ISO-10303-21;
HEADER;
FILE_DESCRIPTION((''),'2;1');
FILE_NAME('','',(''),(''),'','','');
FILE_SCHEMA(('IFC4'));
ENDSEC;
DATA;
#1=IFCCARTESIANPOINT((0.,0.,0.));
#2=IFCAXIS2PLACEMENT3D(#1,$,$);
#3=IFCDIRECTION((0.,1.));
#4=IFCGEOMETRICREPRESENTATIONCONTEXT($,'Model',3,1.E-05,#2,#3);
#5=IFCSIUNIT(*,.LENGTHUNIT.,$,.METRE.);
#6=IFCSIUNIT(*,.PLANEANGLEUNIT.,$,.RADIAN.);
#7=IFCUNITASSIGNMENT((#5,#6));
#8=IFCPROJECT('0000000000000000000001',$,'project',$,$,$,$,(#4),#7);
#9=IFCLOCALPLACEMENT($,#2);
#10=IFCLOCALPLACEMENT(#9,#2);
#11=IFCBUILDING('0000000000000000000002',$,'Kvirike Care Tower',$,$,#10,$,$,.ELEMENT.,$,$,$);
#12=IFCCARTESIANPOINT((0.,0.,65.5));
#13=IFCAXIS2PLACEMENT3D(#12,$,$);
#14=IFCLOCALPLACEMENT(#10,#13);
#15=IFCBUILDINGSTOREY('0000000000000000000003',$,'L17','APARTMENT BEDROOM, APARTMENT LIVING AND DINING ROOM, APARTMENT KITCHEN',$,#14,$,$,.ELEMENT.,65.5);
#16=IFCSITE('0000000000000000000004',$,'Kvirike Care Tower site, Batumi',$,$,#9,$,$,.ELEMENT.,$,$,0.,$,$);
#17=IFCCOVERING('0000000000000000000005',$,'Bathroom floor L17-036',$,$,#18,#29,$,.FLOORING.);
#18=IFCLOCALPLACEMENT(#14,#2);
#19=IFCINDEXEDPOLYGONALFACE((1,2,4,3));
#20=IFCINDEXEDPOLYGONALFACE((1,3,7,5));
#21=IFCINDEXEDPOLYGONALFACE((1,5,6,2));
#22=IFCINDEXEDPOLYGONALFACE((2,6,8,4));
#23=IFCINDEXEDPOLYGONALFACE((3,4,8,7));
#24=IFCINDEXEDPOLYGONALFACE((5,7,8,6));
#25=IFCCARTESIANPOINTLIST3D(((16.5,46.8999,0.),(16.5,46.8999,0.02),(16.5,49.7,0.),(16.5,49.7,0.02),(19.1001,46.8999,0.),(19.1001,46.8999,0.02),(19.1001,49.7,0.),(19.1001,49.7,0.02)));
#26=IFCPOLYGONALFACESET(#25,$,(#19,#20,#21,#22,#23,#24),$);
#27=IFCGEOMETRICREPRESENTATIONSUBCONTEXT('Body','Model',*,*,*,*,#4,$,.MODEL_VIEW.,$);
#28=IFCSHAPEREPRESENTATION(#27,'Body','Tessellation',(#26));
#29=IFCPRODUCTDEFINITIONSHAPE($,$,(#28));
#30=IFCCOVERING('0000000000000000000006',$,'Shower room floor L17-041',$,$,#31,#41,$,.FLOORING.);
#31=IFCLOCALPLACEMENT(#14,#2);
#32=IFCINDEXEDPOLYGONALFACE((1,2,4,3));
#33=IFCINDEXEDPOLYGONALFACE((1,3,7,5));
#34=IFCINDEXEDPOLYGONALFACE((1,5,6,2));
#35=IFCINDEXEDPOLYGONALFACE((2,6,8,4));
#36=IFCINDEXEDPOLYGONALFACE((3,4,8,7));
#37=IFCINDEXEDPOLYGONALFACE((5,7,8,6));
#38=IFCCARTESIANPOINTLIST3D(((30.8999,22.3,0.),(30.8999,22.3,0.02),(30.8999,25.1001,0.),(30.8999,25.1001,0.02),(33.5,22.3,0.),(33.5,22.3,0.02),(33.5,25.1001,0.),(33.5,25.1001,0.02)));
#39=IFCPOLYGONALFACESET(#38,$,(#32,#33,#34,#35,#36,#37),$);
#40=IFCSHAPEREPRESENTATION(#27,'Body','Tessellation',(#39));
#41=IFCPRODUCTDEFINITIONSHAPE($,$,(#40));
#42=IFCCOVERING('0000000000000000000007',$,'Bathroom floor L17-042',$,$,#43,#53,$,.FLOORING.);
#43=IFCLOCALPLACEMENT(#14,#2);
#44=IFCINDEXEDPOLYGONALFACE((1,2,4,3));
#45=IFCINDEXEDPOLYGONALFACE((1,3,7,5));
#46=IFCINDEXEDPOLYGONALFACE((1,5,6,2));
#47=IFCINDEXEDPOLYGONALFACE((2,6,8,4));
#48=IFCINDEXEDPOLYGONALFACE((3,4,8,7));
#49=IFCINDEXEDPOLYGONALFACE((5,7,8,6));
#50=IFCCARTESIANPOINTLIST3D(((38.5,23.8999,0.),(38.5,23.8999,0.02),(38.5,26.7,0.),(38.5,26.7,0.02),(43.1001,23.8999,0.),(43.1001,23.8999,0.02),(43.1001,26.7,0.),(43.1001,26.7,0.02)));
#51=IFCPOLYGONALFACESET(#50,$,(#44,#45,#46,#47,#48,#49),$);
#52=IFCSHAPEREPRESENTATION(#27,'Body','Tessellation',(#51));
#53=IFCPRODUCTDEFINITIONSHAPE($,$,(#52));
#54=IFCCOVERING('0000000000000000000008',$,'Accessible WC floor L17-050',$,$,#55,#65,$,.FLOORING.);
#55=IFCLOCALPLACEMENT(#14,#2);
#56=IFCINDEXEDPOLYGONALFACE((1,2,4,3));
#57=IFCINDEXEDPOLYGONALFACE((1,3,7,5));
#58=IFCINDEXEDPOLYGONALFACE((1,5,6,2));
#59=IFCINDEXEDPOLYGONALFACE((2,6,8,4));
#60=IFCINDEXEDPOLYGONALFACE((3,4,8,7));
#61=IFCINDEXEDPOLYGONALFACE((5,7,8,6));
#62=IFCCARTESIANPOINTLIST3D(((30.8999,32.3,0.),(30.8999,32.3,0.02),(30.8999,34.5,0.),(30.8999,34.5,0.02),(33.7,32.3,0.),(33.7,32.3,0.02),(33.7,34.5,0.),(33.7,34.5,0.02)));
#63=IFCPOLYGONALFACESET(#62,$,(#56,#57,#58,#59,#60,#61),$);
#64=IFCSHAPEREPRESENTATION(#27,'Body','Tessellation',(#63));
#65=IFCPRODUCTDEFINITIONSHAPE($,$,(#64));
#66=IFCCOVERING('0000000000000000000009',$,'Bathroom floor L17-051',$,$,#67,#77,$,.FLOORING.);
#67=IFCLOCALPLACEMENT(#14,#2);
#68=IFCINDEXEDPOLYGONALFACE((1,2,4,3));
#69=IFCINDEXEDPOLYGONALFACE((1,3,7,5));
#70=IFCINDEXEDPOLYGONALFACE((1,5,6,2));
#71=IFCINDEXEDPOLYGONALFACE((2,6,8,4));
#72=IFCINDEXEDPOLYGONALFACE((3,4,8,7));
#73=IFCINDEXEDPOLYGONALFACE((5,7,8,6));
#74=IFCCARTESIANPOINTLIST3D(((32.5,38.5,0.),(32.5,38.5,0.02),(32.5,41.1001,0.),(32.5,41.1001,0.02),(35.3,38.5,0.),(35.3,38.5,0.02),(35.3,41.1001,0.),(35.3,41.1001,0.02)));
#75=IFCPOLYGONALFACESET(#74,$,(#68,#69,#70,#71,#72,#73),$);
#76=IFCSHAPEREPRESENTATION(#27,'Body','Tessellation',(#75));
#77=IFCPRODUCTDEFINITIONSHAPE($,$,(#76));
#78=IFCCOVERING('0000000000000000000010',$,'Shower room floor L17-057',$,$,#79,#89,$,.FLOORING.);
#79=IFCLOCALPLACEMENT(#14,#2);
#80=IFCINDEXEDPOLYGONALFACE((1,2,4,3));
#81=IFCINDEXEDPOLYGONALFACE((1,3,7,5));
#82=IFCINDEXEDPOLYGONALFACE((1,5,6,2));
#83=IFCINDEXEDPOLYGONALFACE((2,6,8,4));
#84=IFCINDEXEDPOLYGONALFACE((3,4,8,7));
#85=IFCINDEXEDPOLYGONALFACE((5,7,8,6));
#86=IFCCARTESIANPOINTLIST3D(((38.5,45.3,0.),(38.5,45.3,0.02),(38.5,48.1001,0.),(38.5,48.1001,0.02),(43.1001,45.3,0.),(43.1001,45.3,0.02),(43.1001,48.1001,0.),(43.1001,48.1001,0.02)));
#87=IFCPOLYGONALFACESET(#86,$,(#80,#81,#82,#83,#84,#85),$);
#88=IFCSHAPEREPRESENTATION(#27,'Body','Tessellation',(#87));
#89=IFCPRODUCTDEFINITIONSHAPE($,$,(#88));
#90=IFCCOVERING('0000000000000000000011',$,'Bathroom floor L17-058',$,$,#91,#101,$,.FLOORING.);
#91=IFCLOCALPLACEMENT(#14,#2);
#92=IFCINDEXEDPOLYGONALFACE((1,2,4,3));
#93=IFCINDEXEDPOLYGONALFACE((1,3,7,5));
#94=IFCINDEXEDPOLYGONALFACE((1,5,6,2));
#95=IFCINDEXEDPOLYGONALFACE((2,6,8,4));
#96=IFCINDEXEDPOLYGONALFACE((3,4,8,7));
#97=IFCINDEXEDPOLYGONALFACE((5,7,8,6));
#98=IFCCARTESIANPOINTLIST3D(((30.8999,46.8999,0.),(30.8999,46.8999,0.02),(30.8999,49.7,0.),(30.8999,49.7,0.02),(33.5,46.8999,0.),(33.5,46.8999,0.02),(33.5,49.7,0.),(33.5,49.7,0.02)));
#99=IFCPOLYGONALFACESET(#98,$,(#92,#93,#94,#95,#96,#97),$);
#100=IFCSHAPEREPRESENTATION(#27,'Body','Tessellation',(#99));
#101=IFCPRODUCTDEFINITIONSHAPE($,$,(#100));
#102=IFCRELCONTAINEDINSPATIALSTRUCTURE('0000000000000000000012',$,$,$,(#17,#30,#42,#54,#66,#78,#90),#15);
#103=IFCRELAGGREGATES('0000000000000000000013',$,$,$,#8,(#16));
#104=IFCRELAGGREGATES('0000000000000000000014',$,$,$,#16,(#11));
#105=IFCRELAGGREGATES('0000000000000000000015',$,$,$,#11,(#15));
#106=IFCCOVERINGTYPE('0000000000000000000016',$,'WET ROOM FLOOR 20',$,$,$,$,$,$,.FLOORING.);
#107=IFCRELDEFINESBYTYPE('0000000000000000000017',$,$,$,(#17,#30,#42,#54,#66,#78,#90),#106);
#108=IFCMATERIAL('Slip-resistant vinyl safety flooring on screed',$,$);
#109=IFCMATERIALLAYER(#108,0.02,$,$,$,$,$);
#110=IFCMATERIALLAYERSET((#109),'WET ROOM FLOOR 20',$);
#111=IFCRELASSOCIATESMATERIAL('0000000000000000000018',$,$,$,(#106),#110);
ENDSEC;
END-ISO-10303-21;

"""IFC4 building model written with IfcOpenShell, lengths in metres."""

from ifc_helpers import new_model, si_unit, direction, frame, origin, place, context, subcontext, project, spatial, polyline, outline, extrude, material, layer, layer_set, type_object, element, save


model = new_model("IFC4")

# Units and contexts
model_context = context("Model", 3, precision=1e-05, world=origin(), true_north=direction((0.0, 1.0)))
body_context = subcontext(model_context, "Body", "Model", "MODEL_VIEW")
ifc_project = project(units=[si_unit("LENGTHUNIT", "METRE"), si_unit("PLANEANGLEUNIT", "RADIAN")], contexts=[model_context])

# Site, building, storey
site_placement = place(None, origin())
site = spatial("IfcSite", under=ifc_project, at=site_placement, Name="Kvirike Care Tower site, Batumi", CompositionType="ELEMENT", RefElevation=0.0)
building_placement = place(site_placement, origin())
building = spatial("IfcBuilding", under=site, at=building_placement, Name="Kvirike Care Tower", CompositionType="ELEMENT")
storey_placement = place(building_placement, frame((0.0, 0.0, 65.5)))
storey = spatial("IfcBuildingStorey", under=building, at=storey_placement, Name="L17", Description="APARTMENT BEDROOM, APARTMENT LIVING AND DINING ROOM, APARTMENT KITCHEN", CompositionType="ELEMENT", Elevation=65.5)

# Coverings
ifc_material_1 = material(Name="Slip-resistant vinyl safety flooring on screed")
ifc_layer_1 = layer(ifc_material_1, 0.02)
ifc_layer_set_1 = layer_set([ifc_layer_1], Name="WET ROOM FLOOR 20")
covering_type = type_object("IfcCoveringType", Name="WET ROOM FLOOR 20", PredefinedType="FLOORING", material=ifc_layer_set_1)
covering_1_placement = place(storey_placement, origin())
element("IfcCovering", 1, at=covering_1_placement, inside=storey, type_object=covering_type, Name="Bathroom floor L17-036", PredefinedType="FLOORING", context=body_context, shape_type="SweptSolid", body=[
    extrude(outline(polyline([(19.1001, 49.7), (19.1001, 46.8999), (16.5, 46.8999), (16.5, 49.7), (19.1001, 49.7)])), origin(), (0.0, 0.0, 1.0), 0.02),
])
covering_2_placement = place(storey_placement, origin())
element("IfcCovering", 2, at=covering_2_placement, inside=storey, type_object=covering_type, Name="Shower room floor L17-041", PredefinedType="FLOORING", context=body_context, shape_type="SweptSolid", body=[
    extrude(outline(polyline([(30.8999, 22.3), (30.8999, 25.1001), (33.5, 25.1001), (33.5, 22.3), (30.8999, 22.3)])), origin(), (0.0, 0.0, 1.0), 0.02),
])
covering_3_placement = place(storey_placement, origin())
element("IfcCovering", 3, at=covering_3_placement, inside=storey, type_object=covering_type, Name="Bathroom floor L17-042", PredefinedType="FLOORING", context=body_context, shape_type="SweptSolid", body=[
    extrude(outline(polyline([(38.5, 23.8999), (38.5, 26.7), (43.1001, 26.7), (43.1001, 23.8999), (38.5, 23.8999)])), origin(), (0.0, 0.0, 1.0), 0.02),
])
covering_4_placement = place(storey_placement, origin())
element("IfcCovering", 4, at=covering_4_placement, inside=storey, type_object=covering_type, Name="Accessible WC floor L17-050", PredefinedType="FLOORING", context=body_context, shape_type="SweptSolid", body=[
    extrude(outline(polyline([(33.7, 32.3), (30.8999, 32.3), (30.8999, 34.5), (33.7, 34.5), (33.7, 32.3)])), origin(), (0.0, 0.0, 1.0), 0.02),
])
covering_5_placement = place(storey_placement, origin())
element("IfcCovering", 5, at=covering_5_placement, inside=storey, type_object=covering_type, Name="Bathroom floor L17-051", PredefinedType="FLOORING", context=body_context, shape_type="SweptSolid", body=[
    extrude(outline(polyline([(35.3, 38.5), (32.5, 38.5), (32.5, 41.1001), (35.3, 41.1001), (35.3, 38.5)])), origin(), (0.0, 0.0, 1.0), 0.02),
])
covering_6_placement = place(storey_placement, origin())
element("IfcCovering", 6, at=covering_6_placement, inside=storey, type_object=covering_type, Name="Shower room floor L17-057", PredefinedType="FLOORING", context=body_context, shape_type="SweptSolid", body=[
    extrude(outline(polyline([(43.1001, 48.1001), (43.1001, 45.3), (38.5, 45.3), (38.5, 48.1001), (43.1001, 48.1001)])), origin(), (0.0, 0.0, 1.0), 0.02),
])
covering_7_placement = place(storey_placement, origin())
element("IfcCovering", 7, at=covering_7_placement, inside=storey, type_object=covering_type, Name="Bathroom floor L17-058", PredefinedType="FLOORING", context=body_context, shape_type="SweptSolid", body=[
    extrude(outline(polyline([(33.5, 49.7), (33.5, 46.8999), (30.8999, 46.8999), (30.8999, 49.7), (33.5, 49.7)])), origin(), (0.0, 0.0, 1.0), 0.02),
])

save(model, "model.ifc")
